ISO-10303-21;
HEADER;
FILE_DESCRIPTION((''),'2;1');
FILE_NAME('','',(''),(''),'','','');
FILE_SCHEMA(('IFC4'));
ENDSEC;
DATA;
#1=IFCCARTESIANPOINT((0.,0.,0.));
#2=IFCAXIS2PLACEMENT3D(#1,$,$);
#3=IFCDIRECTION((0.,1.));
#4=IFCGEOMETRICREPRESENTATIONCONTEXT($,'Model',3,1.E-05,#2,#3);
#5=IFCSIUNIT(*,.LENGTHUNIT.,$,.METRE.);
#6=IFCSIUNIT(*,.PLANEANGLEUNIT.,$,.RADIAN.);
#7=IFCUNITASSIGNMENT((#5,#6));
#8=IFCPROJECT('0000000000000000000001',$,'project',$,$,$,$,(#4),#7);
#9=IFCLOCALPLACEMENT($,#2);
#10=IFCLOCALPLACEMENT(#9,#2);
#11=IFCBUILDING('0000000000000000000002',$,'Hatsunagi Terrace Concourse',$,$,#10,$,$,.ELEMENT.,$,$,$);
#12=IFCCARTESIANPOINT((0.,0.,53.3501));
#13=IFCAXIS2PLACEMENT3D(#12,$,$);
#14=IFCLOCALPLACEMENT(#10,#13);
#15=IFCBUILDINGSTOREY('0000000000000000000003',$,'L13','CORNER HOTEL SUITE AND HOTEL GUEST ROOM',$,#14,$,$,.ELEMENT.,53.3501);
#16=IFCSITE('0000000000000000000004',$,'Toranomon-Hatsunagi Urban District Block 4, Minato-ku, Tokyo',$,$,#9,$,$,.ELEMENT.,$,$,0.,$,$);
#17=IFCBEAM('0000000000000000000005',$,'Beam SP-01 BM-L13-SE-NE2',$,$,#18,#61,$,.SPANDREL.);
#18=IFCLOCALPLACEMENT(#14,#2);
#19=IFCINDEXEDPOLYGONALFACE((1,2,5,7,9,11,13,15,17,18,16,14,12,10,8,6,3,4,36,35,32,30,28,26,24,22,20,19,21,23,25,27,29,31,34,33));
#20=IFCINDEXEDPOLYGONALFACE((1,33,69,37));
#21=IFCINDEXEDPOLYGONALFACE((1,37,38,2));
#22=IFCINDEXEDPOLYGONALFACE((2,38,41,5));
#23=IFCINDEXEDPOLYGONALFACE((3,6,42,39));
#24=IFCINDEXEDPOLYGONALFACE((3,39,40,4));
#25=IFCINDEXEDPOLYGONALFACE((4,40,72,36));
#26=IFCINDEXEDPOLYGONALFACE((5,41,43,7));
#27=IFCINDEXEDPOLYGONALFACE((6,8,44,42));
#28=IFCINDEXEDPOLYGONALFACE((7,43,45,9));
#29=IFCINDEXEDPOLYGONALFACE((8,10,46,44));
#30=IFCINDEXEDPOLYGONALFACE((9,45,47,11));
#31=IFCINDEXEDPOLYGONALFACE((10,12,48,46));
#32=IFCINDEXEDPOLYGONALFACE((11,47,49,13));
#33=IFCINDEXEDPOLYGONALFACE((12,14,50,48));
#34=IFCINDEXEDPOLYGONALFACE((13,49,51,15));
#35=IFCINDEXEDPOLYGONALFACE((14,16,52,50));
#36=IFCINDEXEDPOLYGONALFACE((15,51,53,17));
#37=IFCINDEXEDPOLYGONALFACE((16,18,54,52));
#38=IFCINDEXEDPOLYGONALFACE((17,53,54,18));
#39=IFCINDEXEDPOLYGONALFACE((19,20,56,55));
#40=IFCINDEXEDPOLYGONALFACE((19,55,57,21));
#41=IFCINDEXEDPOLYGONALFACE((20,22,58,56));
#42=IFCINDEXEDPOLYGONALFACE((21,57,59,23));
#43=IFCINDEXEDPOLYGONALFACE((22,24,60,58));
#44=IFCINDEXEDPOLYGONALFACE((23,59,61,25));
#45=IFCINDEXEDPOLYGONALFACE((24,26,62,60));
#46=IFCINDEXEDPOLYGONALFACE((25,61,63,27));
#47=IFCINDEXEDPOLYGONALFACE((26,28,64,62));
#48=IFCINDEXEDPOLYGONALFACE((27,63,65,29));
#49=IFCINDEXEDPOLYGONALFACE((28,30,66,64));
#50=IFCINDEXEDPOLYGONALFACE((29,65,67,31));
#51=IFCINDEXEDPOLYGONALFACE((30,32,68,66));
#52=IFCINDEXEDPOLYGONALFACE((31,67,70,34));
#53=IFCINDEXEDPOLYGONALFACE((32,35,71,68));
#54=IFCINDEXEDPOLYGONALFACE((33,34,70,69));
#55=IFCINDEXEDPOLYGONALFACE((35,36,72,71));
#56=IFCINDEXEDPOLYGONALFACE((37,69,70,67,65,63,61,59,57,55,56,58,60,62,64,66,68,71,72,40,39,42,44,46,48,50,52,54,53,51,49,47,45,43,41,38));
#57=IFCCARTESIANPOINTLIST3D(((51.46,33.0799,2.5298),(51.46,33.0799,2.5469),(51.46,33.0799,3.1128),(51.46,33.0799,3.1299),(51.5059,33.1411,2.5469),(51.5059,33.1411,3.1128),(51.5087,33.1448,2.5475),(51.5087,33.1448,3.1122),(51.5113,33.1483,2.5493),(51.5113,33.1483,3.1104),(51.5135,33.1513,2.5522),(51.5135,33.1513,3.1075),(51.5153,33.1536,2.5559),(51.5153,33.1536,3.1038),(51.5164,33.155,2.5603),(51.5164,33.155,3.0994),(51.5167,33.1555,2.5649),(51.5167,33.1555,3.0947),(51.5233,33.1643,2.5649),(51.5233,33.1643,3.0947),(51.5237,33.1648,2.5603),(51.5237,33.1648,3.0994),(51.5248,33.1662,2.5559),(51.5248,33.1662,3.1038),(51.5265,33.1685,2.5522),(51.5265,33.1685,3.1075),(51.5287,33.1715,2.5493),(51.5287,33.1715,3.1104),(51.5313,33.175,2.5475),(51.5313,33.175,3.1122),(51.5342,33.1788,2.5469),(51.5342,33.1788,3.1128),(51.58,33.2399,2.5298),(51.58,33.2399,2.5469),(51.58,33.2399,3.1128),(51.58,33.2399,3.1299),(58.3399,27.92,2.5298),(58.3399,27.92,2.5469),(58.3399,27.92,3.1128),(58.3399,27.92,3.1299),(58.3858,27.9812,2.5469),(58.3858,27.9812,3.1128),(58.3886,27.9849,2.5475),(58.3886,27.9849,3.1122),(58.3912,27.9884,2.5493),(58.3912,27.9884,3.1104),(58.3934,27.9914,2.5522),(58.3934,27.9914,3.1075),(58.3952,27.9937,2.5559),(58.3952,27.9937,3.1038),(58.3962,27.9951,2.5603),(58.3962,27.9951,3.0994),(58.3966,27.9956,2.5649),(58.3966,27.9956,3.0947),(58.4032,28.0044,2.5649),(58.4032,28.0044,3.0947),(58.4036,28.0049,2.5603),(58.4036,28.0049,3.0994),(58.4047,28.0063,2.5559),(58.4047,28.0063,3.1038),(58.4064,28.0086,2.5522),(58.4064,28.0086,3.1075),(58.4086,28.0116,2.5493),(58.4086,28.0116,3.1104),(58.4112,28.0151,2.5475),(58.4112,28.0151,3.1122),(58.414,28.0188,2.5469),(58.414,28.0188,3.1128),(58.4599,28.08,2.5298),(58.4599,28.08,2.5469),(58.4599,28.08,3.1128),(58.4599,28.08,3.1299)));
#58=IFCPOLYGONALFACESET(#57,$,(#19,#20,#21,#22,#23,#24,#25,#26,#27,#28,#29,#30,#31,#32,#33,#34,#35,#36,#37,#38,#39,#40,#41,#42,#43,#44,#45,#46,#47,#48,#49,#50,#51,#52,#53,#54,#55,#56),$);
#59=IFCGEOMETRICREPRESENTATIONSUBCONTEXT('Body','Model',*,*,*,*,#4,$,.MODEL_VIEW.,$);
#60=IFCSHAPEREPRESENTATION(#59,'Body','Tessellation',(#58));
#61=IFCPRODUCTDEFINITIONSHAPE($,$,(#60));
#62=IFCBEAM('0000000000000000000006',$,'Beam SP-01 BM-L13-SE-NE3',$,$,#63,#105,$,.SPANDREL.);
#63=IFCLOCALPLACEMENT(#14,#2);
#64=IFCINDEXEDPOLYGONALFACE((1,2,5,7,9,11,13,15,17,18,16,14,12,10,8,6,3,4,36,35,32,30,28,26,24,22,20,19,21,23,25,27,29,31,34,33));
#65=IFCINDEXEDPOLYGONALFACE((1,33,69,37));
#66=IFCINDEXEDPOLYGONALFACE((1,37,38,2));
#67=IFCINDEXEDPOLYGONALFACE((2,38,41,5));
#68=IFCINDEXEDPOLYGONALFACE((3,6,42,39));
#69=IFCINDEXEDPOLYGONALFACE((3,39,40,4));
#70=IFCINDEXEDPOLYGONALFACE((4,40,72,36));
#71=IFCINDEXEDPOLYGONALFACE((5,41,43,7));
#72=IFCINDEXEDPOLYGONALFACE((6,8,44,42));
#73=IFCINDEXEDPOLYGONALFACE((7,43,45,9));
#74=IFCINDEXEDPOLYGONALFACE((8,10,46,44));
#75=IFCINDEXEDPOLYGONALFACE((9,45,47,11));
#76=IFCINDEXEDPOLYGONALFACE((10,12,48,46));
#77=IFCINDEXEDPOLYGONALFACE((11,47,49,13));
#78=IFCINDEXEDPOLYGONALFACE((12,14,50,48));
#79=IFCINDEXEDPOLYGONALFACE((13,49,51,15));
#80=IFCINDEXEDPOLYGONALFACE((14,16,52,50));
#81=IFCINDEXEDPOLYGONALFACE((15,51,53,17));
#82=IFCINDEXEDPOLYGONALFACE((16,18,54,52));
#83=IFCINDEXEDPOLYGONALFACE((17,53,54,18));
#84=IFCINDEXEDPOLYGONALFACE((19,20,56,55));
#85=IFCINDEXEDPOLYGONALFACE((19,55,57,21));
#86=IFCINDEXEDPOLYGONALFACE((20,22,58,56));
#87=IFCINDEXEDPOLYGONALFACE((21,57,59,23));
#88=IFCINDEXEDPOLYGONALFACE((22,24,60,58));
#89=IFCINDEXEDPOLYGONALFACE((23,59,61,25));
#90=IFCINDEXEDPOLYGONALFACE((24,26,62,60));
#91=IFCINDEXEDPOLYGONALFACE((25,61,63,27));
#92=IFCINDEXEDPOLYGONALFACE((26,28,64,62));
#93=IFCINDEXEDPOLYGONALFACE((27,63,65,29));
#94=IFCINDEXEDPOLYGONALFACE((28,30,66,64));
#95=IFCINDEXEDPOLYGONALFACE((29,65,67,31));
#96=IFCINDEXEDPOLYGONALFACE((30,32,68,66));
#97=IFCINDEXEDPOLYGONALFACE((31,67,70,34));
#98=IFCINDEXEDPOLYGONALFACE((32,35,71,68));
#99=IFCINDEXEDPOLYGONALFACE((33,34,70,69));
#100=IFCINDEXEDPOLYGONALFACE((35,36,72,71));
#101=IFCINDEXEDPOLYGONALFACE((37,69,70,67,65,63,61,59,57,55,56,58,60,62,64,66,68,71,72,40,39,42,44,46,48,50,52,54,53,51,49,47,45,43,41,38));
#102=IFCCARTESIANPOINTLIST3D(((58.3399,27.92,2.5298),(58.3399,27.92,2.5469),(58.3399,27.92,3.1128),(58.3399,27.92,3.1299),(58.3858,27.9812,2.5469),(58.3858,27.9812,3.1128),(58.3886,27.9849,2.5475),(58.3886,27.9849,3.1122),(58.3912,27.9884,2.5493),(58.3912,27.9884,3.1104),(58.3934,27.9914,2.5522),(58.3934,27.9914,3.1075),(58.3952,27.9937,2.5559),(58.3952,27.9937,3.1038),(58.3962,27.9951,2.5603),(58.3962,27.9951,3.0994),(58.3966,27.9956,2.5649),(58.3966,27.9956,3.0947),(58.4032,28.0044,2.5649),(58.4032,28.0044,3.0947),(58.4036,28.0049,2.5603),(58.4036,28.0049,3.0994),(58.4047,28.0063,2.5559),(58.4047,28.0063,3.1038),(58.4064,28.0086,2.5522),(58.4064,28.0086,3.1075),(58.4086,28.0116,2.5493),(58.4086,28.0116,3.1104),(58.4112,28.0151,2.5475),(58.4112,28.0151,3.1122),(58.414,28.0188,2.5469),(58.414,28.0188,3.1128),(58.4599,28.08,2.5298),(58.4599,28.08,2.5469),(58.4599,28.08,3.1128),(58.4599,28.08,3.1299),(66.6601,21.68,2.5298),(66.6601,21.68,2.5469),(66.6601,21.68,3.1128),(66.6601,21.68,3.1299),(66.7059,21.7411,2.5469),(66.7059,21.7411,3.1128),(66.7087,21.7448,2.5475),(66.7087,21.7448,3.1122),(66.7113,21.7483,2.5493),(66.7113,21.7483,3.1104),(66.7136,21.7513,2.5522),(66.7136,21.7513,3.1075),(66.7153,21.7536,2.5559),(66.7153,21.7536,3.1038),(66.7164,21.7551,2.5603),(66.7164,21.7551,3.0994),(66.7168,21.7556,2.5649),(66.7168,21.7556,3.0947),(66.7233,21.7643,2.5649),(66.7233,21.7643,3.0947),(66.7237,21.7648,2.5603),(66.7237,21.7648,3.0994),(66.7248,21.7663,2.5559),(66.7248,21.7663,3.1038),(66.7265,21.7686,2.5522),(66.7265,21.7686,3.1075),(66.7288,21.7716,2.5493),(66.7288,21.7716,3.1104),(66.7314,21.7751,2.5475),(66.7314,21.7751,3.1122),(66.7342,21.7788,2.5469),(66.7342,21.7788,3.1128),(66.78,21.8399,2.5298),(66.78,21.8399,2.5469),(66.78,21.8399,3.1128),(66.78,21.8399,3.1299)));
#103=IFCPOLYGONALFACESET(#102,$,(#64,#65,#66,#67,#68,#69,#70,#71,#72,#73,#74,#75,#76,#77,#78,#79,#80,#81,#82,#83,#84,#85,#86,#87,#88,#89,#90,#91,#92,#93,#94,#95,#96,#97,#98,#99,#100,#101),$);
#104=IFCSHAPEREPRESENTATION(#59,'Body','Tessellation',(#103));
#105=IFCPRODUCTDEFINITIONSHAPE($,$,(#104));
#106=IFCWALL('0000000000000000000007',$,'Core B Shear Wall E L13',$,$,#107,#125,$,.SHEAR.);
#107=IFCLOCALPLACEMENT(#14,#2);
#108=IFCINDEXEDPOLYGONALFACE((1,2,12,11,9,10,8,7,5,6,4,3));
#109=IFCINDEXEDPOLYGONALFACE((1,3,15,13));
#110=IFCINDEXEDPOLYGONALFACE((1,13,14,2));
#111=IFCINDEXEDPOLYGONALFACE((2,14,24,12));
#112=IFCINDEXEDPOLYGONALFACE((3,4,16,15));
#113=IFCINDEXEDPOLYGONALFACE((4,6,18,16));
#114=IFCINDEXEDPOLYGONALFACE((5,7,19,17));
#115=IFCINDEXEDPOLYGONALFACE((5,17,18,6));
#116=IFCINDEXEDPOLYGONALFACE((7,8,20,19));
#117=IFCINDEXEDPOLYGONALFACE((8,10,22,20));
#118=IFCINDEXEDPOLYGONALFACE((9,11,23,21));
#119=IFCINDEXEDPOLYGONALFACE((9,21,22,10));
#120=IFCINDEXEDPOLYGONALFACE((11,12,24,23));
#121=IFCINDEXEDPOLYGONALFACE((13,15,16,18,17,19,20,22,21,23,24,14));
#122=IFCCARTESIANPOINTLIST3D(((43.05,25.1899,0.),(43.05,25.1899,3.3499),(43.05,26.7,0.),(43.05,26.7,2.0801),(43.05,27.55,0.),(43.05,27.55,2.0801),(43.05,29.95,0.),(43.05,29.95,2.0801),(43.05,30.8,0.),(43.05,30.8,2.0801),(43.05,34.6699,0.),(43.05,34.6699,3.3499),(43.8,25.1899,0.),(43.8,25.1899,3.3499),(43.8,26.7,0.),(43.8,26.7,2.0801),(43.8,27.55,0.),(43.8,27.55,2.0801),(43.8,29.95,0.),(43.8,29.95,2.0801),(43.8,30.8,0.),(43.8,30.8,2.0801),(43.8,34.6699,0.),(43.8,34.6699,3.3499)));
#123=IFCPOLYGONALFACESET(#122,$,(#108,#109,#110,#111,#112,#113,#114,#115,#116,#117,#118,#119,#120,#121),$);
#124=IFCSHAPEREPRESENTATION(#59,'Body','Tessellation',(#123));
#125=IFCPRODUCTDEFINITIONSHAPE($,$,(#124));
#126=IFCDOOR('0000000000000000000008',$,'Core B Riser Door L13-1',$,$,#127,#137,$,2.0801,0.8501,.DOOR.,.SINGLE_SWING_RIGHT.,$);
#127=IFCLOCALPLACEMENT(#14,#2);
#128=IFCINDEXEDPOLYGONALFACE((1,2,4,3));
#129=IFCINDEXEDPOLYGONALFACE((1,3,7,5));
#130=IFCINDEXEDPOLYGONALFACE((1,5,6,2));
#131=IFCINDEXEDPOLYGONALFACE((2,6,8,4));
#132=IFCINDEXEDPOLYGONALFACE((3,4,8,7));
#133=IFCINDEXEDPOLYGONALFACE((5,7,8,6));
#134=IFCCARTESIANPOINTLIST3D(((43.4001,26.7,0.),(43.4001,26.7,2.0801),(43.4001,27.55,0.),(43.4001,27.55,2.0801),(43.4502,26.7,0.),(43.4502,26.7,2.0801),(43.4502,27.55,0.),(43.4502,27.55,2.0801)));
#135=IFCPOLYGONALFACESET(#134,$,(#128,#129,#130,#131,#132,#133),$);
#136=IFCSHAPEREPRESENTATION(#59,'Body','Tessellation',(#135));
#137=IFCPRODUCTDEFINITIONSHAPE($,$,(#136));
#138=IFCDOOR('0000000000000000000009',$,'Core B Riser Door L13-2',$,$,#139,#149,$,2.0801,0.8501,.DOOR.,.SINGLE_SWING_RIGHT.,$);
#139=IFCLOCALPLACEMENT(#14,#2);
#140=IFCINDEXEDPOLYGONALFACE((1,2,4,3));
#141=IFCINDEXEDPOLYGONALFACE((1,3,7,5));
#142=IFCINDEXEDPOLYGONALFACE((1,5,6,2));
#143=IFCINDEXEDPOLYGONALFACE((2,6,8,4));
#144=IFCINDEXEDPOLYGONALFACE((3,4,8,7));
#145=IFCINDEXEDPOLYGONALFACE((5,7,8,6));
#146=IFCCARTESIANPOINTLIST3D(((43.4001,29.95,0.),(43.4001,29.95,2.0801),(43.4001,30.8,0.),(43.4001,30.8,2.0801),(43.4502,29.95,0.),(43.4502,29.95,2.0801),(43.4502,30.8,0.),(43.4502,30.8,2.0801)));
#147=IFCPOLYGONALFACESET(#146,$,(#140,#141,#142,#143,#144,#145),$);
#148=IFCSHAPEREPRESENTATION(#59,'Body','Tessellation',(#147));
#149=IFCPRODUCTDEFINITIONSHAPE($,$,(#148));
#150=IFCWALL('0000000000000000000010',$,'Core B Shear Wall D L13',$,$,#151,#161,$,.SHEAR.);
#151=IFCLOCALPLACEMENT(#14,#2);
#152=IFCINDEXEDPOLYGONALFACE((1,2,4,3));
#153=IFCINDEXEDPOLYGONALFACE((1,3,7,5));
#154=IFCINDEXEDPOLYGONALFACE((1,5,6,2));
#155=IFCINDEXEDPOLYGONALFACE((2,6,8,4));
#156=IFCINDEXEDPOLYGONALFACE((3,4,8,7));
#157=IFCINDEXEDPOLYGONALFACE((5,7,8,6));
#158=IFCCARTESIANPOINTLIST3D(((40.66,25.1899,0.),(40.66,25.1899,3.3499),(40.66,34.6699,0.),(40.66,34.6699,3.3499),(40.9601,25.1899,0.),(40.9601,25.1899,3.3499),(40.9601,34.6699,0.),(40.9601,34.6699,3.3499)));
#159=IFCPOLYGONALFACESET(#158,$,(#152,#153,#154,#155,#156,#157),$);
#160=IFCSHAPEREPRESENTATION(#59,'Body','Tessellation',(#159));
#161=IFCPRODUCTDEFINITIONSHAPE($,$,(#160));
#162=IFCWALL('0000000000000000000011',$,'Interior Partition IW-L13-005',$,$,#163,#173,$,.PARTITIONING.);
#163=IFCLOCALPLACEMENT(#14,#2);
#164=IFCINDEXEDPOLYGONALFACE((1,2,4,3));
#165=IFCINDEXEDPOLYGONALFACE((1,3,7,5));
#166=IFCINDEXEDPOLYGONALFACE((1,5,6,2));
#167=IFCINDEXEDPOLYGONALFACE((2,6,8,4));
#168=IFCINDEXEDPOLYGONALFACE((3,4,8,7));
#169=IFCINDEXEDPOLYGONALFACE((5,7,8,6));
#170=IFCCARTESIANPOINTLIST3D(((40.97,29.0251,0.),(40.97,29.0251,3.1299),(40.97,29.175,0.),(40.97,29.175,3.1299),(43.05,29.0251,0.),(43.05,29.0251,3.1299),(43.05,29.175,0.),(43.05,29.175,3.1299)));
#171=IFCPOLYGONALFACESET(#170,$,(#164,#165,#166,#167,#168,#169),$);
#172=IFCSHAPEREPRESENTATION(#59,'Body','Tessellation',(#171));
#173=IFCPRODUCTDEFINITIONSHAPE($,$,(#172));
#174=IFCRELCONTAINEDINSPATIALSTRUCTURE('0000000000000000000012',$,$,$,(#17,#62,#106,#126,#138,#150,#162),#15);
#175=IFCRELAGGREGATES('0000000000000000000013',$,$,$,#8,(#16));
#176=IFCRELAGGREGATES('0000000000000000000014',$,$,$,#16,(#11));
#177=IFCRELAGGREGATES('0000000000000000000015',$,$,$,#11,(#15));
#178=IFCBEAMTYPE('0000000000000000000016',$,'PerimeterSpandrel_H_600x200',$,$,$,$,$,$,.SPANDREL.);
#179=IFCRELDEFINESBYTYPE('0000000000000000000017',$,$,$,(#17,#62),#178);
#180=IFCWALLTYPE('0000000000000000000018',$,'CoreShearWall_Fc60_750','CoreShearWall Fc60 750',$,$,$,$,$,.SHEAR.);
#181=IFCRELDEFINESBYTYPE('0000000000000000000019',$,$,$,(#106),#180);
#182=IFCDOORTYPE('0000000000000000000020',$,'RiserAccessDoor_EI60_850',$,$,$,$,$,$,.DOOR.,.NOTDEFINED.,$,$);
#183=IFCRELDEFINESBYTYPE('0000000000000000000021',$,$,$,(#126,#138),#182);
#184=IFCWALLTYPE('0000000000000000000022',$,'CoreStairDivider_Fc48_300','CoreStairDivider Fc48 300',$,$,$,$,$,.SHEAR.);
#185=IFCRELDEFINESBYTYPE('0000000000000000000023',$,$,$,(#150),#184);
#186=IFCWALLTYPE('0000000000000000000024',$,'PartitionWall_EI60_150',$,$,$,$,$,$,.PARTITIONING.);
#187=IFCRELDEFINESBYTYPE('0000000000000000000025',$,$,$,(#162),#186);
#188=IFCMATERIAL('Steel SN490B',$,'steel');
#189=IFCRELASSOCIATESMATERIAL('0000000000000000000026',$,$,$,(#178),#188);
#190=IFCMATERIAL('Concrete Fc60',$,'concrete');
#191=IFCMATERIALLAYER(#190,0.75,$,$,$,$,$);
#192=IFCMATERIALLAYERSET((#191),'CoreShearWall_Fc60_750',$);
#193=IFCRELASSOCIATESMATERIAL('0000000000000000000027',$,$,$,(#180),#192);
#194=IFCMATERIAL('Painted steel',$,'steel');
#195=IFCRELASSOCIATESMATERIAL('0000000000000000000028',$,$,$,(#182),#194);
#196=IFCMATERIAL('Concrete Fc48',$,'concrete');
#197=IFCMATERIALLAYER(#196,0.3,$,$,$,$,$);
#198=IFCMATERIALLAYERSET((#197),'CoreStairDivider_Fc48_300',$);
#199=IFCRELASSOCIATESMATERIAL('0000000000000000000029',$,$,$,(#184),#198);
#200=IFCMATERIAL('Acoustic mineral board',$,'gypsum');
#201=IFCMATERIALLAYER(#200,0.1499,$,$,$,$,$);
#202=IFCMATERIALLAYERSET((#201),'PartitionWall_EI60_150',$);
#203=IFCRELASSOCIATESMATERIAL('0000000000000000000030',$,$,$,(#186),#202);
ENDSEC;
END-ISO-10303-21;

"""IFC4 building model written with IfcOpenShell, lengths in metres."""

from ifc_helpers import new_model, si_unit, direction, frame, frame_2d, origin, origin_2d, place, context, subcontext, project, spatial, rectangle, i_section, extrude, material, layer, layer_set, material_profile, profile_set, type_object, element, fill, save


model = new_model("IFC4")

# Units and contexts
model_context = context("Model", 3, precision=1e-05, world=origin(), true_north=direction((0.0, 1.0)))
body_context = subcontext(model_context, "Body", "Model", "MODEL_VIEW")
ifc_project = project(units=[si_unit("LENGTHUNIT", "METRE"), si_unit("PLANEANGLEUNIT", "RADIAN")], contexts=[model_context])

# Site, building, storey
site_placement = place(None, origin())
site = spatial("IfcSite", under=ifc_project, at=site_placement, Name="Toranomon-Hatsunagi Urban District Block 4, Minato-ku, Tokyo", CompositionType="ELEMENT", RefElevation=0.0)
building_placement = place(site_placement, origin())
building = spatial("IfcBuilding", under=site, at=building_placement, Name="Hatsunagi Terrace Concourse", CompositionType="ELEMENT")
storey_placement = place(building_placement, frame((0.0, 0.0, 53.3501)))
storey = spatial("IfcBuildingStorey", under=building, at=storey_placement, Name="L13", Description="CORNER HOTEL SUITE AND HOTEL GUEST ROOM", CompositionType="ELEMENT", Elevation=53.3501)

# Beams
ifc_material_1 = material(Name="Steel SN490B", Category="steel")
ifc_material_profile_1 = material_profile(ifc_material_1, i_section(OverallWidth=0.2, OverallDepth=0.6001, WebThickness=0.011, FlangeThickness=0.0171, FilletRadius=0.0181, at=origin_2d()), Name="H-600x200x11x17")
ifc_profile_set_1 = profile_set([ifc_material_profile_1], Name="Steel SN490B")
beam_type_1 = type_object("IfcBeamType", Name="PerimeterSpandrel_H_600x200", PredefinedType="SPANDREL", material=ifc_profile_set_1)
beam_1_placement = place(storey_placement, frame((51.52, 33.1599, 2.8298), z_axis=(0.8, -0.6, 0.0), x_axis=(0.6, 0.8, 0.0)))
element("IfcBeam", 1, at=beam_1_placement, inside=storey, type_object=beam_type_1, Name="Beam SP-01 BM-L13-SE-NE2", PredefinedType="SPANDREL", context=body_context, shape_type="SweptSolid", body=[
    extrude(i_section(OverallWidth=0.2, OverallDepth=0.6001, WebThickness=0.011, FlangeThickness=0.0171, FilletRadius=0.0181, at=origin_2d()), origin(), (0.0, 0.0, 1.0), 8.5999),
])
beam_2_placement = place(storey_placement, frame((58.3999, 28.0, 2.8298), z_axis=(0.800003, -0.599996, 0.0), x_axis=(0.599996, 0.800003, 0.0)))
element("IfcBeam", 2, at=beam_2_placement, inside=storey, type_object=beam_type_1, Name="Beam SP-01 BM-L13-SE-NE3", PredefinedType="SPANDREL", context=body_context, shape_type="SweptSolid", body=[
    extrude(i_section(OverallWidth=0.2, OverallDepth=0.6001, WebThickness=0.011, FlangeThickness=0.0171, FilletRadius=0.0181, at=origin_2d()), origin(), (0.0, 0.0, 1.0), 10.4001),
])

# Wall, openings, doors
ifc_material_2 = material(Name="Concrete Fc60", Category="concrete")
ifc_layer_1 = layer(ifc_material_2, 0.75)
ifc_layer_set_1 = layer_set([ifc_layer_1], Name="CoreShearWall_Fc60_750")
wall_type_1 = type_object("IfcWallType", Name="CoreShearWall_Fc60_750", Description="CoreShearWall Fc60 750", PredefinedType="SHEAR", material=ifc_layer_set_1)
wall_1_placement = place(storey_placement, frame((43.425, 25.1899, 0.0), z_axis=(0.0, 0.0, 1.0), x_axis=(0.0, 1.0, 0.0)))
wall_1 = element("IfcWall", 3, at=wall_1_placement, inside=storey, type_object=wall_type_1, Name="Core B Shear Wall E L13", PredefinedType="SHEAR", context=body_context, shape_type="SweptSolid", body=[
    extrude(rectangle(XDim=9.48, YDim=0.75, at=frame_2d((4.74, 0.0))), origin(), (0.0, 0.0, 1.0), 3.3499),
])
opening_1_placement = place(wall_1_placement, frame((1.51, 0.0, 0.0)))
opening_1 = element("IfcOpeningElement", 4, at=opening_1_placement, cuts=wall_1, PredefinedType="OPENING", context=body_context, shape_type="SweptSolid", body=[
    extrude(rectangle(XDim=0.8501, YDim=2.0801, at=frame_2d((0.425, 1.04))), frame((0.0, 0.385, 0.0), z_axis=(0.0, -1.0, 0.0), x_axis=(1.0, 0.0, 0.0)), (0.0, 0.0, 1.0), 0.77),
])
opening_2_placement = place(wall_1_placement, frame((4.76, 0.0, 0.0)))
opening_2 = element("IfcOpeningElement", 5, at=opening_2_placement, cuts=wall_1, PredefinedType="OPENING", context=body_context, shape_type="SweptSolid", body=[
    extrude(rectangle(XDim=0.8501, YDim=2.0801, at=frame_2d((0.425, 1.04))), frame((0.0, 0.385, 0.0), z_axis=(0.0, -1.0, 0.0), x_axis=(1.0, 0.0, 0.0)), (0.0, 0.0, 1.0), 0.77),
])
ifc_material_3 = material(Name="Painted steel", Category="steel")
door_type_1 = type_object("IfcDoorType", Name="RiserAccessDoor_EI60_850", OperationType="NOTDEFINED", PredefinedType="DOOR", material=ifc_material_3)
door_1_placement = place(opening_1_placement, origin())
door_1 = element("IfcDoor", 6, at=door_1_placement, inside=storey, type_object=door_type_1, Name="Core B Riser Door L13-1", OperationType="SINGLE_SWING_RIGHT", OverallHeight=2.0801, OverallWidth=0.8501, PredefinedType="DOOR", context=body_context, shape_type="SweptSolid", body=[
    extrude(rectangle(XDim=0.8501, YDim=2.0801, at=frame_2d((0.425, 1.04))), frame((0.0, 0.0249, 0.0), z_axis=(0.0, -1.0, 0.0), x_axis=(1.0, 0.0, 0.0)), (0.0, 0.0, 1.0), 0.05),
])
fill(opening_1, door_1)
door_2_placement = place(opening_2_placement, origin())
door_2 = element("IfcDoor", 7, at=door_2_placement, inside=storey, type_object=door_type_1, Name="Core B Riser Door L13-2", OperationType="SINGLE_SWING_RIGHT", OverallHeight=2.0801, OverallWidth=0.8501, PredefinedType="DOOR", context=body_context, shape_type="SweptSolid", body=[
    extrude(rectangle(XDim=0.8501, YDim=2.0801, at=frame_2d((0.425, 1.04))), frame((0.0, 0.0249, 0.0), z_axis=(0.0, -1.0, 0.0), x_axis=(1.0, 0.0, 0.0)), (0.0, 0.0, 1.0), 0.05),
])
fill(opening_2, door_2)

# Walls
ifc_material_4 = material(Name="Concrete Fc48", Category="concrete")
ifc_layer_2 = layer(ifc_material_4, 0.3)
ifc_layer_set_2 = layer_set([ifc_layer_2], Name="CoreStairDivider_Fc48_300")
wall_type_2 = type_object("IfcWallType", Name="CoreStairDivider_Fc48_300", Description="CoreStairDivider Fc48 300", PredefinedType="SHEAR", material=ifc_layer_set_2)
wall_2_placement = place(storey_placement, frame((40.8101, 25.1899, 0.0), z_axis=(0.0, 0.0, 1.0), x_axis=(0.0, 1.0, 0.0)))
element("IfcWall", 8, at=wall_2_placement, inside=storey, type_object=wall_type_2, Name="Core B Shear Wall D L13", PredefinedType="SHEAR", context=body_context, shape_type="SweptSolid", body=[
    extrude(rectangle(XDim=9.48, YDim=0.3, at=frame_2d((4.74, 0.0))), origin(), (0.0, 0.0, 1.0), 3.3499),
])
ifc_material_5 = material(Name="Acoustic mineral board", Category="gypsum")
ifc_layer_3 = layer(ifc_material_5, 0.1499)
ifc_layer_set_3 = layer_set([ifc_layer_3], Name="PartitionWall_EI60_150")
wall_type_3 = type_object("IfcWallType", Name="PartitionWall_EI60_150", PredefinedType="PARTITIONING", material=ifc_layer_set_3)
wall_3_placement = place(storey_placement, frame((40.97, 29.1001, 0.0), z_axis=(0.0, 0.0, 1.0), x_axis=(1.0, 0.0, 0.0)))
element("IfcWall", 9, at=wall_3_placement, inside=storey, type_object=wall_type_3, Name="Interior Partition IW-L13-005", PredefinedType="PARTITIONING", context=body_context, shape_type="SweptSolid", body=[
    extrude(rectangle(XDim=2.0801, YDim=0.1499, at=frame_2d((1.04, 0.0))), origin(), (0.0, 0.0, 1.0), 3.1299),
])

save(model, "model.ifc")
